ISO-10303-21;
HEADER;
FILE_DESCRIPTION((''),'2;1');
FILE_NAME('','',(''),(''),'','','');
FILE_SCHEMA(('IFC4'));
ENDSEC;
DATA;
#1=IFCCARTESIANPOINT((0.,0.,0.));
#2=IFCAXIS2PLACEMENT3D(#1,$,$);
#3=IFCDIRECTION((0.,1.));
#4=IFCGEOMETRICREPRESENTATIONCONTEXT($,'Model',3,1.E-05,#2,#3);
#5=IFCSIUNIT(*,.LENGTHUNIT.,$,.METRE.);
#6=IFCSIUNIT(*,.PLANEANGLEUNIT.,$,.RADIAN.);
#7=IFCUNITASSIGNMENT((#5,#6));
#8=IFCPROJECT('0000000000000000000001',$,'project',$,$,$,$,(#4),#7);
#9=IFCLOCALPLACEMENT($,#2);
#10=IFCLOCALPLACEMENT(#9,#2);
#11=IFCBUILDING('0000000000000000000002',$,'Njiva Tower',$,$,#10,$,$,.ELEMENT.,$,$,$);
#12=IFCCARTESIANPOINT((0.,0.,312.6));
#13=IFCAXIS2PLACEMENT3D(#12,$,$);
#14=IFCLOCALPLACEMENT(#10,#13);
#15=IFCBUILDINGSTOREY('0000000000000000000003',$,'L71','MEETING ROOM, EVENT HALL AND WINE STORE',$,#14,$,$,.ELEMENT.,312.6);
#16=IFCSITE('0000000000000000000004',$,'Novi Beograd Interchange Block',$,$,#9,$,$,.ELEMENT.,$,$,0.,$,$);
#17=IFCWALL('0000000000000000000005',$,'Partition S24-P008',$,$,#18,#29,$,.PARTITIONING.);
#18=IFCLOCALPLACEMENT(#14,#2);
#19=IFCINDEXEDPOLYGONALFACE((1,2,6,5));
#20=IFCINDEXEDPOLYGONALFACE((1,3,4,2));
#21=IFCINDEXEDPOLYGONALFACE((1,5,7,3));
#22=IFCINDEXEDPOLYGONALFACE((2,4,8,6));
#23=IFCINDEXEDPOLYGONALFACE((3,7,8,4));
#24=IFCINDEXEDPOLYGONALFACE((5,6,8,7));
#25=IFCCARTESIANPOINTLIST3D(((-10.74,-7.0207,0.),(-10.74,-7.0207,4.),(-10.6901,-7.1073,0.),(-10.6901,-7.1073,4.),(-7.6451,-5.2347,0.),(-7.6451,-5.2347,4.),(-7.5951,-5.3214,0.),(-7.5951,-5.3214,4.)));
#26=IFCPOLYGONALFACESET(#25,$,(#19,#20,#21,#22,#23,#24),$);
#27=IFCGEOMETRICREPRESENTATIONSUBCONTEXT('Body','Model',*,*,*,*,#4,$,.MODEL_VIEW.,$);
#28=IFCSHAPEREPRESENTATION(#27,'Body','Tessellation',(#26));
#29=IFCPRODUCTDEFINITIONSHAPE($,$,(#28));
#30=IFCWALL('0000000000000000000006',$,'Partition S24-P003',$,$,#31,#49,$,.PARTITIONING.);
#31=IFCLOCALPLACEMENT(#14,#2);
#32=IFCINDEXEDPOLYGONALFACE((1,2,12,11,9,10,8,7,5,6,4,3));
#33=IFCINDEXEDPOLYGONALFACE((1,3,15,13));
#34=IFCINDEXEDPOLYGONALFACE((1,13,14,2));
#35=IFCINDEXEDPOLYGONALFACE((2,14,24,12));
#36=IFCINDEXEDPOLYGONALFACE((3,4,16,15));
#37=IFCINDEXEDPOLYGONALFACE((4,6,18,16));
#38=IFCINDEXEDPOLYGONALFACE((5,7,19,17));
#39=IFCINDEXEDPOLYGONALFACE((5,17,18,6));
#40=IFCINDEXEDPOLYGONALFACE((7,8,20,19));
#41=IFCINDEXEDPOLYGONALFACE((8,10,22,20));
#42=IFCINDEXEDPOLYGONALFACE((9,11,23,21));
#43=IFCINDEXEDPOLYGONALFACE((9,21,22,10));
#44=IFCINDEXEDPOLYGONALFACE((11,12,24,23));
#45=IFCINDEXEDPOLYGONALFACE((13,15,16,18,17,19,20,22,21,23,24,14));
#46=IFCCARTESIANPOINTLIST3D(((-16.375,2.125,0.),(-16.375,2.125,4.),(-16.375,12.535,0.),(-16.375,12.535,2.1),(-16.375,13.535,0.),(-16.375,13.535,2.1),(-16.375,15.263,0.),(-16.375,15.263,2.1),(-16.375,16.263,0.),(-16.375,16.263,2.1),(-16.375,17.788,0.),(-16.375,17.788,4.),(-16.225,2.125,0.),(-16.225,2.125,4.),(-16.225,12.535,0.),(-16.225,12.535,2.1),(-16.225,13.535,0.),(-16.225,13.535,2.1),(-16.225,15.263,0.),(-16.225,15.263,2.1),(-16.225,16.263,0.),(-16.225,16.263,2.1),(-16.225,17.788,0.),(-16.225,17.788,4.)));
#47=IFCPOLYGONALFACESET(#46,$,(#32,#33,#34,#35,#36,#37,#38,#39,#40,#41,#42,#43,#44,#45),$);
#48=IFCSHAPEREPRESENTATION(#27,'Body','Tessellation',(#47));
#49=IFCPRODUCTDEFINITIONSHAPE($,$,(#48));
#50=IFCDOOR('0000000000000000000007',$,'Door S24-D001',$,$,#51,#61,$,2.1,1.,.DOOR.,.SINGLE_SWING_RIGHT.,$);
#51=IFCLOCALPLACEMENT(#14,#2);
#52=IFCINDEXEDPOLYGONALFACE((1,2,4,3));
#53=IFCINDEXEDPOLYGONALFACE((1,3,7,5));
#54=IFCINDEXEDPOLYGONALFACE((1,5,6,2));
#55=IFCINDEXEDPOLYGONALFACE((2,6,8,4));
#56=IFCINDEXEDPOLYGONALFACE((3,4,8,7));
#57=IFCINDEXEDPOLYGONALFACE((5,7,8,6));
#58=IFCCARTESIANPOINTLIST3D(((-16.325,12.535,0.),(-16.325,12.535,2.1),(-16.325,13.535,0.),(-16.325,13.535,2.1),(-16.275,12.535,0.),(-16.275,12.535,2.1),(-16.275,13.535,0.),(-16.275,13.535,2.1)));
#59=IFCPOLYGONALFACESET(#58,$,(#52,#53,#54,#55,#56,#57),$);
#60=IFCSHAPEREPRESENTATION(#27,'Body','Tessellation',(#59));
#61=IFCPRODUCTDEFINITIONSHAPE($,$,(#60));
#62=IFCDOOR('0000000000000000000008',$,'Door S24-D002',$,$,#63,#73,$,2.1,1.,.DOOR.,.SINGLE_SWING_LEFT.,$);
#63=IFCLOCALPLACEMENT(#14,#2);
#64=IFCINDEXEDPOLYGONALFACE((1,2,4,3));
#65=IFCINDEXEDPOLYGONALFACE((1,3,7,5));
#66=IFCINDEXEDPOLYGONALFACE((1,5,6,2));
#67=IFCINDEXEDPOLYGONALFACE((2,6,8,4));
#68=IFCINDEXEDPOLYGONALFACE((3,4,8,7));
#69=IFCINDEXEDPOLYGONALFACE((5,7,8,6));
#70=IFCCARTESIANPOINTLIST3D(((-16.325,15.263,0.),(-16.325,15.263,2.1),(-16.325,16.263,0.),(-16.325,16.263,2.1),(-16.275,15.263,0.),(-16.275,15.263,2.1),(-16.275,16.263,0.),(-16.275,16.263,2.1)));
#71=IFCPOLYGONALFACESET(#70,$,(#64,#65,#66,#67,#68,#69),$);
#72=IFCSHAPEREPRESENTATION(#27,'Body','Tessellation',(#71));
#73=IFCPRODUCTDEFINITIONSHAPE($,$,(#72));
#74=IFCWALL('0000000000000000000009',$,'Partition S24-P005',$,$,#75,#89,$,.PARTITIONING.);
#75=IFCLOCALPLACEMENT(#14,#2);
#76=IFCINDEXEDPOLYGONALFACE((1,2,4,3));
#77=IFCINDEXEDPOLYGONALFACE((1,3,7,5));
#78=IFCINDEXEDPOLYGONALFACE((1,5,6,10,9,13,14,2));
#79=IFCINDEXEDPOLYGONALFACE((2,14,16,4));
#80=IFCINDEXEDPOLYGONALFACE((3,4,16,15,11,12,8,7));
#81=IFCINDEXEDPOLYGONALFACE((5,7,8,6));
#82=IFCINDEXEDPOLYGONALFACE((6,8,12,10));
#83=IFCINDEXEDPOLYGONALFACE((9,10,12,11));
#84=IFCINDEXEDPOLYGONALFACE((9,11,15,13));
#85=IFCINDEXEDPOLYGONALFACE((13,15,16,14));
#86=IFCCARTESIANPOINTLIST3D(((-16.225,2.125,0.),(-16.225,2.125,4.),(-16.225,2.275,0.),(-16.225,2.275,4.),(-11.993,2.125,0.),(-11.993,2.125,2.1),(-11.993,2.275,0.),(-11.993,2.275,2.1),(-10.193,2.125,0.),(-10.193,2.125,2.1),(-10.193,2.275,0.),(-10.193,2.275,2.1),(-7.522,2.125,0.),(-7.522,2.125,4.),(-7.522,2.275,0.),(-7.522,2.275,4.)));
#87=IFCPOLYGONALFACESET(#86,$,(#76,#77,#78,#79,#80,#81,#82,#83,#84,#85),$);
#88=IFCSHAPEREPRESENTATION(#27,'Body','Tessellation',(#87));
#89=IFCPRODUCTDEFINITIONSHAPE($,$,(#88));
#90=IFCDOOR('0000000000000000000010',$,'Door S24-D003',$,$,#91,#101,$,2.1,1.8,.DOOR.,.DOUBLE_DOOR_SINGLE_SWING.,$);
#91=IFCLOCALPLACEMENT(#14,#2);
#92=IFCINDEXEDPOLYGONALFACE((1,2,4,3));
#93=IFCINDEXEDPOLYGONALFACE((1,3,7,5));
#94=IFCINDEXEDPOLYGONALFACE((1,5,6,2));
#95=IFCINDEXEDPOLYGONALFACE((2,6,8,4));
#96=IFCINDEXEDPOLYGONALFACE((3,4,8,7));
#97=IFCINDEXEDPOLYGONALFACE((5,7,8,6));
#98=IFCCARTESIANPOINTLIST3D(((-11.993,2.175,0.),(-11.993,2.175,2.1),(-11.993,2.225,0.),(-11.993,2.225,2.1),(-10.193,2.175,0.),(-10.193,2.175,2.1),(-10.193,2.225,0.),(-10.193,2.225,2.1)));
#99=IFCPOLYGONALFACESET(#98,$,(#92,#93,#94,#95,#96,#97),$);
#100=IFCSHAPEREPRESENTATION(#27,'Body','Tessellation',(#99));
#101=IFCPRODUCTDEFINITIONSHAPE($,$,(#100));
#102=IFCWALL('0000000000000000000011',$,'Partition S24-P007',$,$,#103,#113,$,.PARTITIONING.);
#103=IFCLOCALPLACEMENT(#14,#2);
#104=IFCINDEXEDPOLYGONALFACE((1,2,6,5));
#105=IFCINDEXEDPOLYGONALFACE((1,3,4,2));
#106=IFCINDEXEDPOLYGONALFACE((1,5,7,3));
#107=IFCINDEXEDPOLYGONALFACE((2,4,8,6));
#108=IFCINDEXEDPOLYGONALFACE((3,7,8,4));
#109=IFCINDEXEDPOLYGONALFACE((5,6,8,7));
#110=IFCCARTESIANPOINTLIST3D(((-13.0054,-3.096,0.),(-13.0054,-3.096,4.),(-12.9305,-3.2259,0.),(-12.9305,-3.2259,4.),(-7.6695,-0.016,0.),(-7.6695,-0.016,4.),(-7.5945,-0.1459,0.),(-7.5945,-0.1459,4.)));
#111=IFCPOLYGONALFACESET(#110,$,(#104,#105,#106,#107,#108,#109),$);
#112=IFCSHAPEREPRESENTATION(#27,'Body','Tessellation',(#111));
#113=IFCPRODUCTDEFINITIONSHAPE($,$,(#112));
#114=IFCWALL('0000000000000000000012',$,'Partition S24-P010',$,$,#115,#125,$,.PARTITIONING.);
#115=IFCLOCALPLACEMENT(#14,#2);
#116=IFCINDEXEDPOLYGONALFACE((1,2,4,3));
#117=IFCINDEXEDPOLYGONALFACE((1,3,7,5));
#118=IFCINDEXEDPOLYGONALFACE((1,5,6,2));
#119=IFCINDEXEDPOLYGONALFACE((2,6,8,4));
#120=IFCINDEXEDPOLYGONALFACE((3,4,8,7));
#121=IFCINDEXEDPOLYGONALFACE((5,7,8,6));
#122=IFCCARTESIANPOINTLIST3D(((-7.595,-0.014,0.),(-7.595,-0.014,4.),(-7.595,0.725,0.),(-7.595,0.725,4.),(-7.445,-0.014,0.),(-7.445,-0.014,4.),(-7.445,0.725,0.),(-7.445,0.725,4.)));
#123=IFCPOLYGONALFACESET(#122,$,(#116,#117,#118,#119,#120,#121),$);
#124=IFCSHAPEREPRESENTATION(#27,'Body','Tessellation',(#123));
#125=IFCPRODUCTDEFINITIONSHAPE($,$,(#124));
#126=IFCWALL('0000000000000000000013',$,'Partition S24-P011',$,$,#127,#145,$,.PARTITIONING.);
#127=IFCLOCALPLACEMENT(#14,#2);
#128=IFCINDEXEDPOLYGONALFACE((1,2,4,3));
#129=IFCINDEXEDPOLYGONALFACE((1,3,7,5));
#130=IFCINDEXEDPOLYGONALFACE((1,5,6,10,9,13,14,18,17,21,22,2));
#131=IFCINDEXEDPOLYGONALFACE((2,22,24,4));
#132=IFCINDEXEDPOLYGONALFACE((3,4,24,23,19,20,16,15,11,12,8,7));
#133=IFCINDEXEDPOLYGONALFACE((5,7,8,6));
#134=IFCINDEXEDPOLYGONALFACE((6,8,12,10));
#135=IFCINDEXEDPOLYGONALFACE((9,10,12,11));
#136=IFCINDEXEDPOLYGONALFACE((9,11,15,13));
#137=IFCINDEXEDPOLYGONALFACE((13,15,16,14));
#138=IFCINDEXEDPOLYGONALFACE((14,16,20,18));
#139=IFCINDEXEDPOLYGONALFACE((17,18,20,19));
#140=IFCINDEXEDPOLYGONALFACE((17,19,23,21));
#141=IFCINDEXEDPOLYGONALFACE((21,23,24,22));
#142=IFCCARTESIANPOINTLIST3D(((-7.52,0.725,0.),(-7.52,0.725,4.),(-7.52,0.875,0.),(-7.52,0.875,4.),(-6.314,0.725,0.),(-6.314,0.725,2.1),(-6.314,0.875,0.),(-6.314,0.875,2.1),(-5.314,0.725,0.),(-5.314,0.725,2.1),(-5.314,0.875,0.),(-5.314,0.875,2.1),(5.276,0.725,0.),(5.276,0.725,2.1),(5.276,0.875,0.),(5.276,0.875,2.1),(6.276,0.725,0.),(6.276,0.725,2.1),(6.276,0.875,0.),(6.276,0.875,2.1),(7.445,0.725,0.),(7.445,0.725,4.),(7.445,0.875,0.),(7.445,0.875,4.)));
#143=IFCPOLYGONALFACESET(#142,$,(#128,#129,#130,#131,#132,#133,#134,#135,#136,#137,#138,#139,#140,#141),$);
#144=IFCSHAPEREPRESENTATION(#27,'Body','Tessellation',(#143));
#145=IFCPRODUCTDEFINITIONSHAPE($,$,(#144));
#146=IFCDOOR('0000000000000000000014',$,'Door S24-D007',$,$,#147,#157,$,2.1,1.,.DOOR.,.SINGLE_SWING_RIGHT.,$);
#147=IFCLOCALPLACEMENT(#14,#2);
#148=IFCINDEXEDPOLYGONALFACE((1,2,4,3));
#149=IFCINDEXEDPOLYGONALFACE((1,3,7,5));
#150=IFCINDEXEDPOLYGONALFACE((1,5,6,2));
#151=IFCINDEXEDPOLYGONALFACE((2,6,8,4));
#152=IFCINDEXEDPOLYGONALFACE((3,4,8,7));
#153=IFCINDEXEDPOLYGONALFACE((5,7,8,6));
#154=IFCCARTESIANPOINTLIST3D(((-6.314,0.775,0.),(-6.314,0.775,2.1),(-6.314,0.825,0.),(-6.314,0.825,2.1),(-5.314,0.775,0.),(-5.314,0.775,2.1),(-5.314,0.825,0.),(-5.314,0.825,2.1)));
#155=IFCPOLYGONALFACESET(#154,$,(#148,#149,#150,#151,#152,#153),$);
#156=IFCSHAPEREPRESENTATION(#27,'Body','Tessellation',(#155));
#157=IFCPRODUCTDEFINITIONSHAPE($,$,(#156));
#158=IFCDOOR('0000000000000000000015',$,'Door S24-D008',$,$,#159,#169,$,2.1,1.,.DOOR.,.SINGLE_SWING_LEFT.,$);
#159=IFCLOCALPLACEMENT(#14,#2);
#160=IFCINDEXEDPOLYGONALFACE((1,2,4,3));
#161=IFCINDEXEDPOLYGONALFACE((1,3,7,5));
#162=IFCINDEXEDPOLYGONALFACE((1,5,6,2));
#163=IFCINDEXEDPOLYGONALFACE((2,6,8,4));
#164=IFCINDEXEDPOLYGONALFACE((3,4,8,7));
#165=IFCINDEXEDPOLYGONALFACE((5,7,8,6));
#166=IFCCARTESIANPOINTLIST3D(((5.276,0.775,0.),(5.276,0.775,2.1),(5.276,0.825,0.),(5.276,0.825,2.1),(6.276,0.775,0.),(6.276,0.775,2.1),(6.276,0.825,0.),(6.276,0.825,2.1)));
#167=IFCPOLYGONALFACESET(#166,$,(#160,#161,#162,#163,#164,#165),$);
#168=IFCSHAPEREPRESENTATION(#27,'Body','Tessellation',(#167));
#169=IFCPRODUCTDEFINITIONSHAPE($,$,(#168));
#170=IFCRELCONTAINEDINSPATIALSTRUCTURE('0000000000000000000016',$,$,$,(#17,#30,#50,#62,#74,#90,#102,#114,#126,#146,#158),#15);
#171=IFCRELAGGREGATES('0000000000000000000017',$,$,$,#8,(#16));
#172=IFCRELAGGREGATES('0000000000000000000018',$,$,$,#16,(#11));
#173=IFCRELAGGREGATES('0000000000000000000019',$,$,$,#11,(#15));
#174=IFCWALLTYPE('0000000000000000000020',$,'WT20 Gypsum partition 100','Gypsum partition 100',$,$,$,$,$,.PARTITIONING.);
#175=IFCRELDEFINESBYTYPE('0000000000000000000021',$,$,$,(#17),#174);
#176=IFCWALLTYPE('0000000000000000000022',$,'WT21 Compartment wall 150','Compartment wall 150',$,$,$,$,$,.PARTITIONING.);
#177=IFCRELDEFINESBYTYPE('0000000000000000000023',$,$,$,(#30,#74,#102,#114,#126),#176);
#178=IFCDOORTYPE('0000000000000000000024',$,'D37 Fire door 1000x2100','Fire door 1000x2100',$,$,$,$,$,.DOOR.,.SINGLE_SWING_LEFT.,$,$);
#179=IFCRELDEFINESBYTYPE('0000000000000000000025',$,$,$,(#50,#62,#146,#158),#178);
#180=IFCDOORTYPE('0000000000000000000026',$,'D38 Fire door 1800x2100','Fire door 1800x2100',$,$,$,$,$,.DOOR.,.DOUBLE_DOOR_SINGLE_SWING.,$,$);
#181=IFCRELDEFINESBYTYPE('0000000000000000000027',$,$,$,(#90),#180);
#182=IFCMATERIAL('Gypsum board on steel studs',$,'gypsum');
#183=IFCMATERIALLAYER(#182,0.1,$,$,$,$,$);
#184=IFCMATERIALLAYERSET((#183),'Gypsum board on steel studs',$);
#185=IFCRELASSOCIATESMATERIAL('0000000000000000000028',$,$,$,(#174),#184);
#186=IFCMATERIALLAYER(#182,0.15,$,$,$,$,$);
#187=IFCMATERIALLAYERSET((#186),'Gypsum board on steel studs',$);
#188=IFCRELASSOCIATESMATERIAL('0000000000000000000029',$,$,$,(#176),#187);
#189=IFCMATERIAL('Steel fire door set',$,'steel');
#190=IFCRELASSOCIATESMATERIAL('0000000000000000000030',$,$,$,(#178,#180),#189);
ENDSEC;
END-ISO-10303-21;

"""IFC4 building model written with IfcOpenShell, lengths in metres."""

from ifc_helpers import new_model, si_unit, direction, frame, frame_2d, origin, place, context, subcontext, project, spatial, rectangle, extrude, material, layer, layer_set, type_object, element, fill, save


model = new_model("IFC4")

# Units and contexts
model_context = context("Model", 3, precision=1e-05, world=origin(), true_north=direction((0.0, 1.0)))
body_context = subcontext(model_context, "Body", "Model", "MODEL_VIEW")
ifc_project = project(units=[si_unit("LENGTHUNIT", "METRE"), si_unit("PLANEANGLEUNIT", "RADIAN")], contexts=[model_context])

# Site, building, storey
site_placement = place(None, origin())
site = spatial("IfcSite", under=ifc_project, at=site_placement, Name="Novi Beograd Interchange Block", CompositionType="ELEMENT", RefElevation=0.0)
building_placement = place(site_placement, origin())
building = spatial("IfcBuilding", under=site, at=building_placement, Name="Njiva Tower", CompositionType="ELEMENT")
storey_placement = place(building_placement, frame((0.0, 0.0, 312.6)))
storey = spatial("IfcBuildingStorey", under=building, at=storey_placement, Name="L71", Description="MEETING ROOM, EVENT HALL AND WINE STORE", CompositionType="ELEMENT", Elevation=312.6)

# Wall
ifc_material_1 = material(Name="Gypsum board on steel studs", Category="gypsum")
ifc_layer_1 = layer(ifc_material_1, 0.1)
ifc_layer_set_1 = layer_set([ifc_layer_1], Name="Gypsum board on steel studs")
wall_type_1 = type_object("IfcWallType", Name="WT20 Gypsum partition 100", Description="Gypsum partition 100", PredefinedType="PARTITIONING", material=ifc_layer_set_1)
wall_1_placement = place(storey_placement, frame((-10.715, -7.064, 0.0), z_axis=(0.0, 0.0, 1.0), x_axis=(0.866134, 0.499811, 0.0)))
element("IfcWall", 1, at=wall_1_placement, inside=storey, type_object=wall_type_1, Name="Partition S24-P008", PredefinedType="PARTITIONING", context=body_context, shape_type="SweptSolid", body=[
    extrude(rectangle(XDim=3.5733, YDim=0.1, at=frame_2d((1.7866, 0.0))), origin(), (0.0, 0.0, 1.0), 4.0),
])

# Wall, openings, doors
ifc_layer_2 = layer(ifc_material_1, 0.15)
ifc_layer_set_2 = layer_set([ifc_layer_2], Name="Gypsum board on steel studs")
wall_type_2 = type_object("IfcWallType", Name="WT21 Compartment wall 150", Description="Compartment wall 150", PredefinedType="PARTITIONING", material=ifc_layer_set_2)
wall_2_placement = place(storey_placement, frame((-16.3, 2.125, 0.0), z_axis=(0.0, 0.0, 1.0), x_axis=(0.0, 1.0, 0.0)))
wall_2 = element("IfcWall", 2, at=wall_2_placement, inside=storey, type_object=wall_type_2, Name="Partition S24-P003", PredefinedType="PARTITIONING", context=body_context, shape_type="SweptSolid", body=[
    extrude(rectangle(XDim=15.663, YDim=0.15, at=frame_2d((7.8315, 0.0))), origin(), (0.0, 0.0, 1.0), 4.0),
])
opening_1_placement = place(wall_2_placement, frame((10.41, 0.0, 0.0)))
opening_1 = element("IfcOpeningElement", 3, at=opening_1_placement, cuts=wall_2, PredefinedType="OPENING", context=body_context, shape_type="SweptSolid", body=[
    extrude(rectangle(XDim=1.0, YDim=2.1, at=frame_2d((0.5, 1.05))), frame((0.0, 0.085, 0.0), z_axis=(0.0, -1.0, 0.0), x_axis=(1.0, 0.0, 0.0)), (0.0, 0.0, 1.0), 0.17),
])
opening_2_placement = place(wall_2_placement, frame((13.138, 0.0, 0.0)))
opening_2 = element("IfcOpeningElement", 4, at=opening_2_placement, cuts=wall_2, PredefinedType="OPENING", context=body_context, shape_type="SweptSolid", body=[
    extrude(rectangle(XDim=1.0, YDim=2.1, at=frame_2d((0.5, 1.05))), frame((0.0, 0.085, 0.0), z_axis=(0.0, -1.0, 0.0), x_axis=(1.0, 0.0, 0.0)), (0.0, 0.0, 1.0), 0.17),
])
ifc_material_2 = material(Name="Steel fire door set", Category="steel")
door_type_1 = type_object("IfcDoorType", Name="D37 Fire door 1000x2100", Description="Fire door 1000x2100", OperationType="SINGLE_SWING_LEFT", PredefinedType="DOOR", material=ifc_material_2)
door_1_placement = place(opening_1_placement, origin())
door_1 = element("IfcDoor", 5, at=door_1_placement, inside=storey, type_object=door_type_1, Name="Door S24-D001", OperationType="SINGLE_SWING_RIGHT", OverallHeight=2.1, OverallWidth=1.0, PredefinedType="DOOR", context=body_context, shape_type="SweptSolid", body=[
    extrude(rectangle(XDim=1.0, YDim=2.1, at=frame_2d((0.5, 1.05))), frame((0.0, 0.025, 0.0), z_axis=(0.0, -1.0, 0.0), x_axis=(1.0, 0.0, 0.0)), (0.0, 0.0, 1.0), 0.05),
])
fill(opening_1, door_1)
door_2_placement = place(opening_2_placement, origin())
door_2 = element("IfcDoor", 6, at=door_2_placement, inside=storey, type_object=door_type_1, Name="Door S24-D002", OperationType="SINGLE_SWING_LEFT", OverallHeight=2.1, OverallWidth=1.0, PredefinedType="DOOR", context=body_context, shape_type="SweptSolid", body=[
    extrude(rectangle(XDim=1.0, YDim=2.1, at=frame_2d((0.5, 1.05))), frame((0.0, 0.025, 0.0), z_axis=(0.0, -1.0, 0.0), x_axis=(1.0, 0.0, 0.0)), (0.0, 0.0, 1.0), 0.05),
])
fill(opening_2, door_2)

# Wall, opening, door
wall_3_placement = place(storey_placement, frame((-16.225, 2.2, 0.0), z_axis=(0.0, 0.0, 1.0), x_axis=(1.0, 0.0, 0.0)))
wall_3 = element("IfcWall", 7, at=wall_3_placement, inside=storey, type_object=wall_type_2, Name="Partition S24-P005", PredefinedType="PARTITIONING", context=body_context, shape_type="SweptSolid", body=[
    extrude(rectangle(XDim=8.703, YDim=0.15, at=frame_2d((4.3515, 0.0))), origin(), (0.0, 0.0, 1.0), 4.0),
])
opening_3_placement = place(wall_3_placement, frame((4.232, 0.0, 0.0)))
opening_3 = element("IfcOpeningElement", 8, at=opening_3_placement, cuts=wall_3, PredefinedType="OPENING", context=body_context, shape_type="SweptSolid", body=[
    extrude(rectangle(XDim=1.8, YDim=2.1, at=frame_2d((0.9, 1.05))), frame((0.0, 0.085, 0.0), z_axis=(0.0, -1.0, 0.0), x_axis=(1.0, 0.0, 0.0)), (0.0, 0.0, 1.0), 0.17),
])
door_type_2 = type_object("IfcDoorType", Name="D38 Fire door 1800x2100", Description="Fire door 1800x2100", OperationType="DOUBLE_DOOR_SINGLE_SWING", PredefinedType="DOOR", material=ifc_material_2)
door_3_placement = place(opening_3_placement, origin())
door_3 = element("IfcDoor", 9, at=door_3_placement, inside=storey, type_object=door_type_2, Name="Door S24-D003", OperationType="DOUBLE_DOOR_SINGLE_SWING", OverallHeight=2.1, OverallWidth=1.8, PredefinedType="DOOR", context=body_context, shape_type="SweptSolid", body=[
    extrude(rectangle(XDim=1.8, YDim=2.1, at=frame_2d((0.9, 1.05))), frame((0.0, 0.025, 0.0), z_axis=(0.0, -1.0, 0.0), x_axis=(1.0, 0.0, 0.0)), (0.0, 0.0, 1.0), 0.05),
])
fill(opening_3, door_3)

# Walls
wall_4_placement = place(storey_placement, frame((-12.968, -3.161, 0.0), z_axis=(0.0, 0.0, 1.0), x_axis=(0.866077, 0.49991, 0.0)))
element("IfcWall", 10, at=wall_4_placement, inside=storey, type_object=wall_type_2, Name="Partition S24-P007", PredefinedType="PARTITIONING", context=body_context, shape_type="SweptSolid", body=[
    extrude(rectangle(XDim=6.1611, YDim=0.15, at=frame_2d((3.0806, 0.0))), origin(), (0.0, 0.0, 1.0), 4.0),
])
wall_5_placement = place(storey_placement, frame((-7.52, -0.014, 0.0), z_axis=(0.0, 0.0, 1.0), x_axis=(0.0, 1.0, 0.0)))
element("IfcWall", 11, at=wall_5_placement, inside=storey, type_object=wall_type_2, Name="Partition S24-P010", PredefinedType="PARTITIONING", context=body_context, shape_type="SweptSolid", body=[
    extrude(rectangle(XDim=0.739, YDim=0.15, at=frame_2d((0.3695, 0.0))), origin(), (0.0, 0.0, 1.0), 4.0),
])

# Wall, openings, doors
wall_6_placement = place(storey_placement, frame((-7.52, 0.8, 0.0), z_axis=(0.0, 0.0, 1.0), x_axis=(1.0, 0.0, 0.0)))
wall_6 = element("IfcWall", 12, at=wall_6_placement, inside=storey, type_object=wall_type_2, Name="Partition S24-P011", PredefinedType="PARTITIONING", context=body_context, shape_type="SweptSolid", body=[
    extrude(rectangle(XDim=14.965, YDim=0.15, at=frame_2d((7.4825, 0.0))), origin(), (0.0, 0.0, 1.0), 4.0),
])
opening_4_placement = place(wall_6_placement, frame((1.206, 0.0, 0.0)))
opening_4 = element("IfcOpeningElement", 13, at=opening_4_placement, cuts=wall_6, PredefinedType="OPENING", context=body_context, shape_type="SweptSolid", body=[
    extrude(rectangle(XDim=1.0, YDim=2.1, at=frame_2d((0.5, 1.05))), frame((0.0, 0.085, 0.0), z_axis=(0.0, -1.0, 0.0), x_axis=(1.0, 0.0, 0.0)), (0.0, 0.0, 1.0), 0.17),
])
opening_5_placement = place(wall_6_placement, frame((12.796, 0.0, 0.0)))
opening_5 = element("IfcOpeningElement", 14, at=opening_5_placement, cuts=wall_6, PredefinedType="OPENING", context=body_context, shape_type="SweptSolid", body=[
    extrude(rectangle(XDim=1.0, YDim=2.1, at=frame_2d((0.5, 1.05))), frame((0.0, 0.085, 0.0), z_axis=(0.0, -1.0, 0.0), x_axis=(1.0, 0.0, 0.0)), (0.0, 0.0, 1.0), 0.17),
])
door_4_placement = place(opening_4_placement, origin())
door_4 = element("IfcDoor", 15, at=door_4_placement, inside=storey, type_object=door_type_1, Name="Door S24-D007", OperationType="SINGLE_SWING_RIGHT", OverallHeight=2.1, OverallWidth=1.0, PredefinedType="DOOR", context=body_context, shape_type="SweptSolid", body=[
    extrude(rectangle(XDim=1.0, YDim=2.1, at=frame_2d((0.5, 1.05))), frame((0.0, 0.025, 0.0), z_axis=(0.0, -1.0, 0.0), x_axis=(1.0, 0.0, 0.0)), (0.0, 0.0, 1.0), 0.05),
])
fill(opening_4, door_4)
door_5_placement = place(opening_5_placement, origin())
door_5 = element("IfcDoor", 16, at=door_5_placement, inside=storey, type_object=door_type_1, Name="Door S24-D008", OperationType="SINGLE_SWING_LEFT", OverallHeight=2.1, OverallWidth=1.0, PredefinedType="DOOR", context=body_context, shape_type="SweptSolid", body=[
    extrude(rectangle(XDim=1.0, YDim=2.1, at=frame_2d((0.5, 1.05))), frame((0.0, 0.025, 0.0), z_axis=(0.0, -1.0, 0.0), x_axis=(1.0, 0.0, 0.0)), (0.0, 0.0, 1.0), 0.05),
])
fill(opening_5, door_5)

save(model, "model.ifc")
